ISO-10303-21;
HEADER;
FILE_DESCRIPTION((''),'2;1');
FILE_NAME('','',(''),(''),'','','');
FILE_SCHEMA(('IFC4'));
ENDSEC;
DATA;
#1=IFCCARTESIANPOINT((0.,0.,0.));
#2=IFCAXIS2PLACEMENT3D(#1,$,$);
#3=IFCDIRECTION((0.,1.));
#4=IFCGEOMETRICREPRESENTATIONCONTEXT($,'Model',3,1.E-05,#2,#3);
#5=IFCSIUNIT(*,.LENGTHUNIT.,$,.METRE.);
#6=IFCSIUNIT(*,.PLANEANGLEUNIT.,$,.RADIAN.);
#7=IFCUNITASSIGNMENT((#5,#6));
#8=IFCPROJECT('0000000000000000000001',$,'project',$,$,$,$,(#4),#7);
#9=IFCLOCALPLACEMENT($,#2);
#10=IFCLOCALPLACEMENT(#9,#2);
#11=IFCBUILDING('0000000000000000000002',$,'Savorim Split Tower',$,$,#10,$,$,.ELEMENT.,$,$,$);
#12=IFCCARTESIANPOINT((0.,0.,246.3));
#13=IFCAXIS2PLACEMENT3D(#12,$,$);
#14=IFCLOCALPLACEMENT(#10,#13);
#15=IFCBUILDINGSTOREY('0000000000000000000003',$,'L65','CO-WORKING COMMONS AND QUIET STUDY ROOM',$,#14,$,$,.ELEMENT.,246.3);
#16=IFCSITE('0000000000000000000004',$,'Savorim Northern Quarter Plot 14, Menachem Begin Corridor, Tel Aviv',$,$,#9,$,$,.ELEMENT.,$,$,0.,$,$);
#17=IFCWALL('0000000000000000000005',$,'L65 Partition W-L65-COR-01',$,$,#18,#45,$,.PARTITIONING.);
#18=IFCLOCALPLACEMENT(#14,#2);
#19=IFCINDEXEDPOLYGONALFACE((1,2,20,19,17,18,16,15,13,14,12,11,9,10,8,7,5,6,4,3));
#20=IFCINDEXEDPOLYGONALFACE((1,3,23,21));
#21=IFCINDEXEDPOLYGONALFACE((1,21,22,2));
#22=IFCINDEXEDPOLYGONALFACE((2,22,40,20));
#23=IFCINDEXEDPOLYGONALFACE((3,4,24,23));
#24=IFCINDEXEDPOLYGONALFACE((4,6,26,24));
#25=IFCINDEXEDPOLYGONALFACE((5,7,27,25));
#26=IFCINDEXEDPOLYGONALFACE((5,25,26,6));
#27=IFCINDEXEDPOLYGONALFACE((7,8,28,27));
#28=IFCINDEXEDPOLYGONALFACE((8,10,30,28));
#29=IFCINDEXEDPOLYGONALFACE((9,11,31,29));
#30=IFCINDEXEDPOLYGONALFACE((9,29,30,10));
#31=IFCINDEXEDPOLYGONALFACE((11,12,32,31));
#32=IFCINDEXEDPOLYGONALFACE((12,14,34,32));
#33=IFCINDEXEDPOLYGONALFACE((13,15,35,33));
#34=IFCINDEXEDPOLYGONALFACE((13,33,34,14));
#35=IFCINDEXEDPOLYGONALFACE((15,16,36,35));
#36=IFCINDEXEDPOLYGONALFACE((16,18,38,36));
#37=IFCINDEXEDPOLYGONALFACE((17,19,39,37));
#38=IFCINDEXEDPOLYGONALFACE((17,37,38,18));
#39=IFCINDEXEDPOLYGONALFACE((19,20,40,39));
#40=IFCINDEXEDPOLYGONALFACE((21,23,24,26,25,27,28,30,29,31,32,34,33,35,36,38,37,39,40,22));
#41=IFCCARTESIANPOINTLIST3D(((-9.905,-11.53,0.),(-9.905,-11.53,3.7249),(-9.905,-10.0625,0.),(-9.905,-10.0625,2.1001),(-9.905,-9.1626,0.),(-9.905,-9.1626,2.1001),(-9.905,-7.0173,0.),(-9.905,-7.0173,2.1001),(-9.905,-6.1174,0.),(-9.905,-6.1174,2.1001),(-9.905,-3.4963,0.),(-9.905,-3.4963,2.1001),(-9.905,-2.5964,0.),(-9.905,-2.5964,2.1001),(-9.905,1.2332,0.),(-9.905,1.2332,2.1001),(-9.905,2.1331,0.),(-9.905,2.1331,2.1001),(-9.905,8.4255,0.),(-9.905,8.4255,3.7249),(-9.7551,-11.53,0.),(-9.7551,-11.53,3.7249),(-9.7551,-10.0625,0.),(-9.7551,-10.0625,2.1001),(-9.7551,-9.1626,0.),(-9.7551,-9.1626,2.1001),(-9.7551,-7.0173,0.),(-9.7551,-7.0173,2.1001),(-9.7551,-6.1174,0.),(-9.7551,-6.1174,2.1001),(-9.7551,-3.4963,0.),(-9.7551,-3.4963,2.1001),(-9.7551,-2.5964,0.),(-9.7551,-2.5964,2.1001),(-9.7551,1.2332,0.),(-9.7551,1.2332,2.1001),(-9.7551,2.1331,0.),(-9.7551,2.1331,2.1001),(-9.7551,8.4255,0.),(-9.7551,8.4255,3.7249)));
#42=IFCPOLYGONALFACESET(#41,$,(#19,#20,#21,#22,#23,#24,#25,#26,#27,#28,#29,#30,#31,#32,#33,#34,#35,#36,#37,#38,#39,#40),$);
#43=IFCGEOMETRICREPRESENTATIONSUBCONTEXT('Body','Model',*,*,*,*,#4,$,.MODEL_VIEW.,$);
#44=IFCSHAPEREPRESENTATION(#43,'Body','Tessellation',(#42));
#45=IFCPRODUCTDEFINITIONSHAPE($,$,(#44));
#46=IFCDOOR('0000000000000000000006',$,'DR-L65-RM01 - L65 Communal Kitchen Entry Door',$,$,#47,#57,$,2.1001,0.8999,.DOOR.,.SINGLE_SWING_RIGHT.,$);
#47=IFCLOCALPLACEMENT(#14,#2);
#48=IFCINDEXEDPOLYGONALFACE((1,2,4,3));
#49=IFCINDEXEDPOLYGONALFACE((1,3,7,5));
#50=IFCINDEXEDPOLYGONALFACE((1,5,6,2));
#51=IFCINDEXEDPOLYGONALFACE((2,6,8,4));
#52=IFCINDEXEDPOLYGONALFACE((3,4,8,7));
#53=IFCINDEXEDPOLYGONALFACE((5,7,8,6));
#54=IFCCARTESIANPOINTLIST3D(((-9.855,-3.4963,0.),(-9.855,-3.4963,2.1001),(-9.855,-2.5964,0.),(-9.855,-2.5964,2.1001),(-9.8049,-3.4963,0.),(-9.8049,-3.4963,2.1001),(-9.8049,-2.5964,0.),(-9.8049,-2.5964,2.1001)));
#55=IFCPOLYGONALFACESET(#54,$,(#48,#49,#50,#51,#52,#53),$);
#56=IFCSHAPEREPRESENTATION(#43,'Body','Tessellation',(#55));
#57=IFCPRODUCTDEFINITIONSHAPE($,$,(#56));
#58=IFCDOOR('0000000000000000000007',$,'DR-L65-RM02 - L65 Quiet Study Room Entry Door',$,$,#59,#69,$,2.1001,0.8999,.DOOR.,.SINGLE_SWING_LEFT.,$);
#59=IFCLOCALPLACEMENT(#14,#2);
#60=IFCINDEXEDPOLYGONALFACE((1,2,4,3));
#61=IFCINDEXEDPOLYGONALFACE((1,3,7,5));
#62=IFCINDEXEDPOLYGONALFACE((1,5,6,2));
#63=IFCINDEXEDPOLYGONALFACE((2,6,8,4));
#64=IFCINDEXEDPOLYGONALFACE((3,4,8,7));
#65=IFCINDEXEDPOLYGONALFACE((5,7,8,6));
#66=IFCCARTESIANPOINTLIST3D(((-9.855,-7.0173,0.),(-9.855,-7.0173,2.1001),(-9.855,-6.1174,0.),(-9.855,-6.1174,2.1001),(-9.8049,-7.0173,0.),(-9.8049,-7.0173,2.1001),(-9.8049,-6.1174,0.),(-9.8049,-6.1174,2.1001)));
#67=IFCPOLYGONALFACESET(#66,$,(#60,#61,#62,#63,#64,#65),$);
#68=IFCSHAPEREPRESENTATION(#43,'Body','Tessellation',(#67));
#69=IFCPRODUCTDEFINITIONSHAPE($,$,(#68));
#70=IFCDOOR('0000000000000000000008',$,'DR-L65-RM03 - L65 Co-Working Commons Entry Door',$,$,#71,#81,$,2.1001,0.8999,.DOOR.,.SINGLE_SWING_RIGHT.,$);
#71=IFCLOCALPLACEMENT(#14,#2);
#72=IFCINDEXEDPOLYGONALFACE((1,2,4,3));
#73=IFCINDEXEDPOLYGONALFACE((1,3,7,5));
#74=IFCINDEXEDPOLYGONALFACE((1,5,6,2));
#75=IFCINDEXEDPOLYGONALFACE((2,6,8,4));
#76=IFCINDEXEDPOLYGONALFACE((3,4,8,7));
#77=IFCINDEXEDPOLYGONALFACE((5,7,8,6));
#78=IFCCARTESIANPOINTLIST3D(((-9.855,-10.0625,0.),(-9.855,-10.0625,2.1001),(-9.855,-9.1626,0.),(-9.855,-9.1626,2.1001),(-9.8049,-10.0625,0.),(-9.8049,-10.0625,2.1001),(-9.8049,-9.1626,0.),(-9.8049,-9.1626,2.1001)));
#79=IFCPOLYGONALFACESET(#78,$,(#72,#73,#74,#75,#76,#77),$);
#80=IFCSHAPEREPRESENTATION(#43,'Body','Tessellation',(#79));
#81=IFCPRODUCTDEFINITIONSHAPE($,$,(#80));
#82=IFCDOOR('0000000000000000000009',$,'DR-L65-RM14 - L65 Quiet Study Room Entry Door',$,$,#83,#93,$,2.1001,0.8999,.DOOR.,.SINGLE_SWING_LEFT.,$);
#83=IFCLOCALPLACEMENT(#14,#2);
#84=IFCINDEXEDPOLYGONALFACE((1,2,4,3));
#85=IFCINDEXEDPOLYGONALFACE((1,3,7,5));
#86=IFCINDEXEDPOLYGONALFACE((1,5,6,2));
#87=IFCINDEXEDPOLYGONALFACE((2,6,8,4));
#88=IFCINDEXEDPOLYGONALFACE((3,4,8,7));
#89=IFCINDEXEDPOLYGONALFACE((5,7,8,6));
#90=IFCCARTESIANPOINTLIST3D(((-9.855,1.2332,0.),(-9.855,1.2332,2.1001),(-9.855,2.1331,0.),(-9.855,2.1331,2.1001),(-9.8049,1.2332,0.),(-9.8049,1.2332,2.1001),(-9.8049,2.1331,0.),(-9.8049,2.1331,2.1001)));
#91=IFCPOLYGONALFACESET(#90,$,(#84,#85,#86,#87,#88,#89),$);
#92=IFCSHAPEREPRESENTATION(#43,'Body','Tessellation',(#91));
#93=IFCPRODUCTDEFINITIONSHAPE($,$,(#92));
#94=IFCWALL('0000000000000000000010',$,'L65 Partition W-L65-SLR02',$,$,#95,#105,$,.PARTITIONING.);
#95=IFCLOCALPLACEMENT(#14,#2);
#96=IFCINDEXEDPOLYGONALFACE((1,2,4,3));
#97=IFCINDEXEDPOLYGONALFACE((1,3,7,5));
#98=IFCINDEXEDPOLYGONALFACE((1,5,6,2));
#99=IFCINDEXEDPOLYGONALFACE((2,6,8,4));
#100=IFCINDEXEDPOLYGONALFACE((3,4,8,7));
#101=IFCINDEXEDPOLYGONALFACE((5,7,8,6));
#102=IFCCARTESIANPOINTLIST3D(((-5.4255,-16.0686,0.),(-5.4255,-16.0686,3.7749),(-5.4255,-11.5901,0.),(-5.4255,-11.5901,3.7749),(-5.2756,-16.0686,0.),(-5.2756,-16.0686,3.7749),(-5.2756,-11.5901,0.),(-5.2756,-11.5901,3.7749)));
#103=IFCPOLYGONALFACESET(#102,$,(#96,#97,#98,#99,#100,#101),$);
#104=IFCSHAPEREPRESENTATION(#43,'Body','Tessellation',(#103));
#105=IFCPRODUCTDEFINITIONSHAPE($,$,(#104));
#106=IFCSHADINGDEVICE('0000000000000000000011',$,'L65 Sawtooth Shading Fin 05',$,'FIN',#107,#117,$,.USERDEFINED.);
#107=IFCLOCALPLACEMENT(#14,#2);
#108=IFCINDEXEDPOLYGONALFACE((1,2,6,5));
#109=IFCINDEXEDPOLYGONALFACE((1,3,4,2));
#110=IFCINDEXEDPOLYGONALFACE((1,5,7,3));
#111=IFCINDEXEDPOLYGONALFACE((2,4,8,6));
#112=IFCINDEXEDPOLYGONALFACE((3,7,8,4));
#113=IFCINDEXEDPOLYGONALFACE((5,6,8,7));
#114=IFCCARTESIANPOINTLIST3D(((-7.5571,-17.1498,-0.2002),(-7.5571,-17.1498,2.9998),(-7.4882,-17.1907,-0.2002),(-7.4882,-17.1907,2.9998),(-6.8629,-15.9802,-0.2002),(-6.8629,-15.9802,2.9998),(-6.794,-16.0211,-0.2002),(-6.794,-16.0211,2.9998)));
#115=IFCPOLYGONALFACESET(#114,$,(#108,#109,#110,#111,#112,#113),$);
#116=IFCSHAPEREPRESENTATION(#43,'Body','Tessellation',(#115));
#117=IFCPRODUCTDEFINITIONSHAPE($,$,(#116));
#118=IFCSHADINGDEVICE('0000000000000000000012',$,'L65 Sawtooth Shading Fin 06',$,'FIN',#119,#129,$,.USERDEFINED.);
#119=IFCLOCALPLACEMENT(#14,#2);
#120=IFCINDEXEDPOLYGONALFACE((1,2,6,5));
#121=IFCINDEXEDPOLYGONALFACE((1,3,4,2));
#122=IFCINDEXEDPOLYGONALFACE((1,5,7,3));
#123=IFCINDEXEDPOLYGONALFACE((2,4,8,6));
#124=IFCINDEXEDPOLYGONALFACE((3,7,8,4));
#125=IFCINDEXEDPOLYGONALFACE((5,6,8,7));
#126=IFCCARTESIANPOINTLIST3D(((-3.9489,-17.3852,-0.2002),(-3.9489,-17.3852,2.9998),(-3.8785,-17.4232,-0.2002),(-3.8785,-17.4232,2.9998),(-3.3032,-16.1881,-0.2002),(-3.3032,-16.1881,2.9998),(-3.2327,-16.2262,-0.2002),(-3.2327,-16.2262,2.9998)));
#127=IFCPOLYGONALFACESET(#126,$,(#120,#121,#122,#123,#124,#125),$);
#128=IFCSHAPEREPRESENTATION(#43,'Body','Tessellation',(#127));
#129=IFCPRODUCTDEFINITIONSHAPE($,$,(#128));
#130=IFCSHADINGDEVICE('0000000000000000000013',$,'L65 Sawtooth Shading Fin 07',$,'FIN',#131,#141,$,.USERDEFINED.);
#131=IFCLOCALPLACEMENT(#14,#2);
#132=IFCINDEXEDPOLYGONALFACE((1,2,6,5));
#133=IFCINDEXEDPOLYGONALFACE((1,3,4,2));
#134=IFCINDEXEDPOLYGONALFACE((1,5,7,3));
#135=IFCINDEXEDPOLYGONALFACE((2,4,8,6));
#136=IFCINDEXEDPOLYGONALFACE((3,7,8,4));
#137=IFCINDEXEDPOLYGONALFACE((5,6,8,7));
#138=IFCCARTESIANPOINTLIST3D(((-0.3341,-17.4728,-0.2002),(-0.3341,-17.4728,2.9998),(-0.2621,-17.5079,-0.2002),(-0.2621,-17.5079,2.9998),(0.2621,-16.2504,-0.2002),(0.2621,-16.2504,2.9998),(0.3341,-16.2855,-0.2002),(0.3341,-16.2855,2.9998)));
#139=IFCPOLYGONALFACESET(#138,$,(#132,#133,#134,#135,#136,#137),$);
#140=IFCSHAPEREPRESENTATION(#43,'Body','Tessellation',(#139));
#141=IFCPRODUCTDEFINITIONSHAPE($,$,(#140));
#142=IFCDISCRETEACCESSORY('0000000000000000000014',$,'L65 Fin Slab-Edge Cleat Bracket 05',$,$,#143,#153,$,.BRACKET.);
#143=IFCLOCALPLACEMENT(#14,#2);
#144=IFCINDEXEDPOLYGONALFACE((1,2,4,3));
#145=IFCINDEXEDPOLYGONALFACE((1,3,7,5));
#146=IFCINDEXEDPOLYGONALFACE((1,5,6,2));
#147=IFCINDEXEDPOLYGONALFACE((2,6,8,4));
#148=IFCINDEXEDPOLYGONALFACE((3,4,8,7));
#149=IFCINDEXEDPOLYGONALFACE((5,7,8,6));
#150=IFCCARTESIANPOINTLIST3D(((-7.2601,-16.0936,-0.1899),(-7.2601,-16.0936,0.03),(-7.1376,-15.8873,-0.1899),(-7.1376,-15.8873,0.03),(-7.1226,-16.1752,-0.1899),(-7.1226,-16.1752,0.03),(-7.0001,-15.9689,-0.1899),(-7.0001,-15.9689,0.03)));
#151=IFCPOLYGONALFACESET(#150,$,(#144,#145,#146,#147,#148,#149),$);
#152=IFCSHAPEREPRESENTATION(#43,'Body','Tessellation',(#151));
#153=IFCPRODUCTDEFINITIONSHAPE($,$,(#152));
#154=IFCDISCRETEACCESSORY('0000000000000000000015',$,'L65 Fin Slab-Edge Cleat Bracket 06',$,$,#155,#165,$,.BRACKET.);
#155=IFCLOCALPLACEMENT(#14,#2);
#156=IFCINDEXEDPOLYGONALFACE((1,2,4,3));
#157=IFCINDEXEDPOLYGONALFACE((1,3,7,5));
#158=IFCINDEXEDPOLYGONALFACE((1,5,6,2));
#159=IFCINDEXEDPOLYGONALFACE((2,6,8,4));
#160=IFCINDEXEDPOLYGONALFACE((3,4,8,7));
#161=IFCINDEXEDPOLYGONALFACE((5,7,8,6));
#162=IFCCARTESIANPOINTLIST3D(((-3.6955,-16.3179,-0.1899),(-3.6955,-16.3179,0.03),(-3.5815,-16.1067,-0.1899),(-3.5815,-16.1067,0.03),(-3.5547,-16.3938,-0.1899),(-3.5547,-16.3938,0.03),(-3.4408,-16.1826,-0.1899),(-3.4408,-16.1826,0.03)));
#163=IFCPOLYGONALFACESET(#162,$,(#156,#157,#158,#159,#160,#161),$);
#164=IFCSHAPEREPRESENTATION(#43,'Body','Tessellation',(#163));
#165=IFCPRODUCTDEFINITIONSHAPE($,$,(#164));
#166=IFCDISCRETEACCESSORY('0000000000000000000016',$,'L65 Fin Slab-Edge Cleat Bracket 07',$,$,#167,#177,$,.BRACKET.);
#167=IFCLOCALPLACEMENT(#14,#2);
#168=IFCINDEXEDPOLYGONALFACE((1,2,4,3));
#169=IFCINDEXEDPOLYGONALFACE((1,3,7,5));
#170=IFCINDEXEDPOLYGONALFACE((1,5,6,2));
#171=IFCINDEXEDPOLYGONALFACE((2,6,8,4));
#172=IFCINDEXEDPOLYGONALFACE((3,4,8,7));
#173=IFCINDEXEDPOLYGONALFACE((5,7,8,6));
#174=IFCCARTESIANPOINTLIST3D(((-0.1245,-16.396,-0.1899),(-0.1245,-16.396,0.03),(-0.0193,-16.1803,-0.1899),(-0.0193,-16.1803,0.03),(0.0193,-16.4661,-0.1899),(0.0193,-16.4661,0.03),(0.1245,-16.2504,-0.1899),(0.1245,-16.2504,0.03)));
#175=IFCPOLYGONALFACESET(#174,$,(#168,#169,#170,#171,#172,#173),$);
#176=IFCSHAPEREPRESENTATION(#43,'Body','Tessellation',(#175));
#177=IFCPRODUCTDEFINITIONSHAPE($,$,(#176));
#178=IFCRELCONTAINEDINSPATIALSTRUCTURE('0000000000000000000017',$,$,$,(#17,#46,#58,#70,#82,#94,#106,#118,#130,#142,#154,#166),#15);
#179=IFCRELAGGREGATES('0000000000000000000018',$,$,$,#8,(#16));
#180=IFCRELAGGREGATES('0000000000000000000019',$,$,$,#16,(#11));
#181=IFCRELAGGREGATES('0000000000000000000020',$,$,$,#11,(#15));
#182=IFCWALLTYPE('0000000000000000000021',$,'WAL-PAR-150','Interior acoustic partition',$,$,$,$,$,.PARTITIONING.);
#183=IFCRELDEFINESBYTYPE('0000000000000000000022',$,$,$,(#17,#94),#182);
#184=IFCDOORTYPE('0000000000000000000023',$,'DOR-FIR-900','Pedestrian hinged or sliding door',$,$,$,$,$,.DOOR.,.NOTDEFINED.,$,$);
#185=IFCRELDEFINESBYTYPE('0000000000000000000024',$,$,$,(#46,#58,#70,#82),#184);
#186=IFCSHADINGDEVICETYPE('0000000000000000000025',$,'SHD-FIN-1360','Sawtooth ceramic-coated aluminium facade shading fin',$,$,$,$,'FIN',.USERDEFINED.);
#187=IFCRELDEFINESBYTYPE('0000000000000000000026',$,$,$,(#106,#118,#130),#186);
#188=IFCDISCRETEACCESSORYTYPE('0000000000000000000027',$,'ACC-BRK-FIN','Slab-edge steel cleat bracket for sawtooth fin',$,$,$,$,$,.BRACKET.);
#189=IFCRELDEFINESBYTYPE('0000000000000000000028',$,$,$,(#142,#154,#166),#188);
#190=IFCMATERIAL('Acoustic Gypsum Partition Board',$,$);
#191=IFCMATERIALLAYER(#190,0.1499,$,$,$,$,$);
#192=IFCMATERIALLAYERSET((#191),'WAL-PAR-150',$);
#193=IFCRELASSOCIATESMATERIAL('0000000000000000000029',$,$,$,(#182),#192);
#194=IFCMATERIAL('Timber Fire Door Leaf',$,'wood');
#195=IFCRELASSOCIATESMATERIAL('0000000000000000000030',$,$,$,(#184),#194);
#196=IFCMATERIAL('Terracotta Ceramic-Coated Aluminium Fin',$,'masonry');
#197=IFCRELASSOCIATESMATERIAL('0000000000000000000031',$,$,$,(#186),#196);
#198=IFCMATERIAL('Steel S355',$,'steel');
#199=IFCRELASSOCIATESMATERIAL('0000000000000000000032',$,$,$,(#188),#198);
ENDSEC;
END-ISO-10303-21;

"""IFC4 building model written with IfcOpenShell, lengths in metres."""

from ifc_helpers import new_model, si_unit, direction, frame, frame_2d, origin, origin_2d, place, context, subcontext, project, spatial, rectangle, extrude, material, layer, layer_set, type_object, element, fill, save


model = new_model("IFC4")

# Units and contexts
model_context = context("Model", 3, precision=1e-05, world=origin(), true_north=direction((0.0, 1.0)))
body_context = subcontext(model_context, "Body", "Model", "MODEL_VIEW")
ifc_project = project(units=[si_unit("LENGTHUNIT", "METRE"), si_unit("PLANEANGLEUNIT", "RADIAN")], contexts=[model_context])

# Site, building, storey
site_placement = place(None, origin())
site = spatial("IfcSite", under=ifc_project, at=site_placement, Name="Savorim Northern Quarter Plot 14, Menachem Begin Corridor, Tel Aviv", CompositionType="ELEMENT", RefElevation=0.0)
building_placement = place(site_placement, origin())
building = spatial("IfcBuilding", under=site, at=building_placement, Name="Savorim Split Tower", CompositionType="ELEMENT")
storey_placement = place(building_placement, frame((0.0, 0.0, 246.3)))
storey = spatial("IfcBuildingStorey", under=building, at=storey_placement, Name="L65", Description="CO-WORKING COMMONS AND QUIET STUDY ROOM", CompositionType="ELEMENT", Elevation=246.3)

# Shared definitions
ifc_material_1 = material(Name="Steel S355", Category="steel")

# Wall, openings, doors
ifc_material_2 = material(Name="Acoustic Gypsum Partition Board")
ifc_layer_1 = layer(ifc_material_2, 0.1499)
ifc_layer_set_1 = layer_set([ifc_layer_1], Name="WAL-PAR-150")
wall_type = type_object("IfcWallType", Name="WAL-PAR-150", Description="Interior acoustic partition", PredefinedType="PARTITIONING", material=ifc_layer_set_1)
wall_1_placement = place(storey_placement, frame((-9.8301, -11.53, 0.0), z_axis=(0.0, 0.0, 1.0), x_axis=(0.0, 1.0, 0.0)))
wall_1 = element("IfcWall", 1, at=wall_1_placement, inside=storey, type_object=wall_type, Name="L65 Partition W-L65-COR-01", PredefinedType="PARTITIONING", context=body_context, shape_type="SweptSolid", body=[
    extrude(rectangle(XDim=19.9556, YDim=0.1499, at=frame_2d((9.9778, 0.0))), origin(), (0.0, 0.0, 1.0), 3.7249),
])
opening_1_placement = place(wall_1_placement, frame((8.0337, 0.0, 0.0)))
opening_1 = element("IfcOpeningElement", 2, at=opening_1_placement, cuts=wall_1, PredefinedType="OPENING", context=body_context, shape_type="SweptSolid", body=[
    extrude(rectangle(XDim=0.8999, YDim=2.1001, at=frame_2d((0.45, 1.05))), frame((0.0, 0.085, 0.0), z_axis=(0.0, -1.0, 0.0), x_axis=(1.0, 0.0, 0.0)), (0.0, 0.0, 1.0), 0.1699),
])
opening_2_placement = place(wall_1_placement, frame((4.5127, 0.0, 0.0)))
opening_2 = element("IfcOpeningElement", 3, at=opening_2_placement, cuts=wall_1, PredefinedType="OPENING", context=body_context, shape_type="SweptSolid", body=[
    extrude(rectangle(XDim=0.8999, YDim=2.1001, at=frame_2d((0.45, 1.05))), frame((0.0, 0.085, 0.0), z_axis=(0.0, -1.0, 0.0), x_axis=(1.0, 0.0, 0.0)), (0.0, 0.0, 1.0), 0.1699),
])
opening_3_placement = place(wall_1_placement, frame((1.4675, 0.0, 0.0)))
opening_3 = element("IfcOpeningElement", 4, at=opening_3_placement, cuts=wall_1, PredefinedType="OPENING", context=body_context, shape_type="SweptSolid", body=[
    extrude(rectangle(XDim=0.8999, YDim=2.1001, at=frame_2d((0.45, 1.05))), frame((0.0, 0.085, 0.0), z_axis=(0.0, -1.0, 0.0), x_axis=(1.0, 0.0, 0.0)), (0.0, 0.0, 1.0), 0.1699),
])
opening_4_placement = place(wall_1_placement, frame((12.7632, 0.0, 0.0)))
opening_4 = element("IfcOpeningElement", 5, at=opening_4_placement, cuts=wall_1, PredefinedType="OPENING", context=body_context, shape_type="SweptSolid", body=[
    extrude(rectangle(XDim=0.8999, YDim=2.1001, at=frame_2d((0.45, 1.05))), frame((0.0, 0.085, 0.0), z_axis=(0.0, -1.0, 0.0), x_axis=(1.0, 0.0, 0.0)), (0.0, 0.0, 1.0), 0.1699),
])
ifc_material_3 = material(Name="Timber Fire Door Leaf", Category="wood")
door_type = type_object("IfcDoorType", Name="DOR-FIR-900", Description="Pedestrian hinged or sliding door", OperationType="NOTDEFINED", PredefinedType="DOOR", material=ifc_material_3)
door_1_placement = place(opening_1_placement, origin())
door_1 = element("IfcDoor", 6, at=door_1_placement, inside=storey, type_object=door_type, Name="DR-L65-RM01 - L65 Communal Kitchen Entry Door", OperationType="SINGLE_SWING_RIGHT", OverallHeight=2.1001, OverallWidth=0.8999, PredefinedType="DOOR", context=body_context, shape_type="SweptSolid", body=[
    extrude(rectangle(XDim=0.8999, YDim=2.1001, at=frame_2d((0.45, 1.05))), frame((0.0, 0.0249, 0.0), z_axis=(0.0, -1.0, 0.0), x_axis=(1.0, 0.0, 0.0)), (0.0, 0.0, 1.0), 0.05),
])
fill(opening_1, door_1)
door_2_placement = place(opening_2_placement, origin())
door_2 = element("IfcDoor", 7, at=door_2_placement, inside=storey, type_object=door_type, Name="DR-L65-RM02 - L65 Quiet Study Room Entry Door", OperationType="SINGLE_SWING_LEFT", OverallHeight=2.1001, OverallWidth=0.8999, PredefinedType="DOOR", context=body_context, shape_type="SweptSolid", body=[
    extrude(rectangle(XDim=0.8999, YDim=2.1001, at=frame_2d((0.45, 1.05))), frame((0.0, 0.0249, 0.0), z_axis=(0.0, -1.0, 0.0), x_axis=(1.0, 0.0, 0.0)), (0.0, 0.0, 1.0), 0.05),
])
fill(opening_2, door_2)
door_3_placement = place(opening_3_placement, origin())
door_3 = element("IfcDoor", 8, at=door_3_placement, inside=storey, type_object=door_type, Name="DR-L65-RM03 - L65 Co-Working Commons Entry Door", OperationType="SINGLE_SWING_RIGHT", OverallHeight=2.1001, OverallWidth=0.8999, PredefinedType="DOOR", context=body_context, shape_type="SweptSolid", body=[
    extrude(rectangle(XDim=0.8999, YDim=2.1001, at=frame_2d((0.45, 1.05))), frame((0.0, 0.0249, 0.0), z_axis=(0.0, -1.0, 0.0), x_axis=(1.0, 0.0, 0.0)), (0.0, 0.0, 1.0), 0.05),
])
fill(opening_3, door_3)
door_4_placement = place(opening_4_placement, origin())
door_4 = element("IfcDoor", 9, at=door_4_placement, inside=storey, type_object=door_type, Name="DR-L65-RM14 - L65 Quiet Study Room Entry Door", OperationType="SINGLE_SWING_LEFT", OverallHeight=2.1001, OverallWidth=0.8999, PredefinedType="DOOR", context=body_context, shape_type="SweptSolid", body=[
    extrude(rectangle(XDim=0.8999, YDim=2.1001, at=frame_2d((0.45, 1.05))), frame((0.0, 0.0249, 0.0), z_axis=(0.0, -1.0, 0.0), x_axis=(1.0, 0.0, 0.0)), (0.0, 0.0, 1.0), 0.05),
])
fill(opening_4, door_4)

# Wall
wall_2_placement = place(storey_placement, frame((-5.3506, -11.5901, 0.0), z_axis=(0.0, 0.0, 1.0), x_axis=(0.0, -1.0, 0.0)))
element("IfcWall", 10, at=wall_2_placement, inside=storey, type_object=wall_type, Name="L65 Partition W-L65-SLR02", PredefinedType="PARTITIONING", context=body_context, shape_type="SweptSolid", body=[
    extrude(rectangle(XDim=4.4785, YDim=0.1499, at=frame_2d((2.2393, 0.0))), origin(), (0.0, 0.0, 1.0), 3.7749),
])

# Shading devices
ifc_material_4 = material(Name="Terracotta Ceramic-Coated Aluminium Fin", Category="masonry")
shading_device_type = type_object("IfcShadingDeviceType", Name="SHD-FIN-1360", Description="Sawtooth ceramic-coated aluminium facade shading fin", ElementType="FIN", PredefinedType="USERDEFINED", material=ifc_material_4)
for number, where, z_axis, x_axis, name in (
    (11, (-7.1755, -16.5854, -0.2002), (0.0, 0.0, 1.0), (-0.510391, -0.859942, 0.0), "L65 Sawtooth Shading Fin 05"),
    (12, (-3.5908, -16.8057, -0.2002), (0.0, 0.0, 1.0), (-0.474778, -0.880106, 0.0), "L65 Sawtooth Shading Fin 06"),
    (13, (0.0, -16.8792, -0.2002), (0.0, 0.0, 1.0), (-0.438371, -0.898794, 0.0), "L65 Sawtooth Shading Fin 07"),
):
    element("IfcShadingDevice", number, at=place(storey_placement, frame(where, z_axis=z_axis, x_axis=x_axis)), inside=storey, type_object=shading_device_type, Name=name, ObjectType="FIN", PredefinedType="USERDEFINED", context=body_context, shape_type="SweptSolid", body=[
        extrude(rectangle(XDim=1.3601, YDim=0.0801, at=origin_2d()), origin(), (0.0, 0.0, 1.0), 3.2),
    ])

# Discrete accessories
discrete_accessory_type = type_object("IfcDiscreteAccessoryType", Name="ACC-BRK-FIN", Description="Slab-edge steel cleat bracket for sawtooth fin", PredefinedType="BRACKET", material=ifc_material_1)
for number, where, z_axis, x_axis, name in (
    (14, (-7.1301, -16.0312, -0.1899), (0.0, 0.0, 1.0), (-0.510391, -0.859942, 0.0), "L65 Fin Slab-Edge Cleat Bracket 05"),
    (15, (-3.5681, -16.2502, -0.1899), (0.0, 0.0, 1.0), (-0.474778, -0.880106, 0.0), "L65 Fin Slab-Edge Cleat Bracket 06"),
    (16, (0.0, -16.3232, -0.1899), (0.0, 0.0, 1.0), (-0.438371, -0.898794, 0.0), "L65 Fin Slab-Edge Cleat Bracket 07"),
):
    element("IfcDiscreteAccessory", number, at=place(storey_placement, frame(where, z_axis=z_axis, x_axis=x_axis)), inside=storey, type_object=discrete_accessory_type, Name=name, PredefinedType="BRACKET", context=body_context, shape_type="SweptSolid", body=[
        extrude(rectangle(XDim=0.24, YDim=0.1599, at=origin_2d()), origin(), (0.0, 0.0, 1.0), 0.22),
    ])

save(model, "model.ifc")
